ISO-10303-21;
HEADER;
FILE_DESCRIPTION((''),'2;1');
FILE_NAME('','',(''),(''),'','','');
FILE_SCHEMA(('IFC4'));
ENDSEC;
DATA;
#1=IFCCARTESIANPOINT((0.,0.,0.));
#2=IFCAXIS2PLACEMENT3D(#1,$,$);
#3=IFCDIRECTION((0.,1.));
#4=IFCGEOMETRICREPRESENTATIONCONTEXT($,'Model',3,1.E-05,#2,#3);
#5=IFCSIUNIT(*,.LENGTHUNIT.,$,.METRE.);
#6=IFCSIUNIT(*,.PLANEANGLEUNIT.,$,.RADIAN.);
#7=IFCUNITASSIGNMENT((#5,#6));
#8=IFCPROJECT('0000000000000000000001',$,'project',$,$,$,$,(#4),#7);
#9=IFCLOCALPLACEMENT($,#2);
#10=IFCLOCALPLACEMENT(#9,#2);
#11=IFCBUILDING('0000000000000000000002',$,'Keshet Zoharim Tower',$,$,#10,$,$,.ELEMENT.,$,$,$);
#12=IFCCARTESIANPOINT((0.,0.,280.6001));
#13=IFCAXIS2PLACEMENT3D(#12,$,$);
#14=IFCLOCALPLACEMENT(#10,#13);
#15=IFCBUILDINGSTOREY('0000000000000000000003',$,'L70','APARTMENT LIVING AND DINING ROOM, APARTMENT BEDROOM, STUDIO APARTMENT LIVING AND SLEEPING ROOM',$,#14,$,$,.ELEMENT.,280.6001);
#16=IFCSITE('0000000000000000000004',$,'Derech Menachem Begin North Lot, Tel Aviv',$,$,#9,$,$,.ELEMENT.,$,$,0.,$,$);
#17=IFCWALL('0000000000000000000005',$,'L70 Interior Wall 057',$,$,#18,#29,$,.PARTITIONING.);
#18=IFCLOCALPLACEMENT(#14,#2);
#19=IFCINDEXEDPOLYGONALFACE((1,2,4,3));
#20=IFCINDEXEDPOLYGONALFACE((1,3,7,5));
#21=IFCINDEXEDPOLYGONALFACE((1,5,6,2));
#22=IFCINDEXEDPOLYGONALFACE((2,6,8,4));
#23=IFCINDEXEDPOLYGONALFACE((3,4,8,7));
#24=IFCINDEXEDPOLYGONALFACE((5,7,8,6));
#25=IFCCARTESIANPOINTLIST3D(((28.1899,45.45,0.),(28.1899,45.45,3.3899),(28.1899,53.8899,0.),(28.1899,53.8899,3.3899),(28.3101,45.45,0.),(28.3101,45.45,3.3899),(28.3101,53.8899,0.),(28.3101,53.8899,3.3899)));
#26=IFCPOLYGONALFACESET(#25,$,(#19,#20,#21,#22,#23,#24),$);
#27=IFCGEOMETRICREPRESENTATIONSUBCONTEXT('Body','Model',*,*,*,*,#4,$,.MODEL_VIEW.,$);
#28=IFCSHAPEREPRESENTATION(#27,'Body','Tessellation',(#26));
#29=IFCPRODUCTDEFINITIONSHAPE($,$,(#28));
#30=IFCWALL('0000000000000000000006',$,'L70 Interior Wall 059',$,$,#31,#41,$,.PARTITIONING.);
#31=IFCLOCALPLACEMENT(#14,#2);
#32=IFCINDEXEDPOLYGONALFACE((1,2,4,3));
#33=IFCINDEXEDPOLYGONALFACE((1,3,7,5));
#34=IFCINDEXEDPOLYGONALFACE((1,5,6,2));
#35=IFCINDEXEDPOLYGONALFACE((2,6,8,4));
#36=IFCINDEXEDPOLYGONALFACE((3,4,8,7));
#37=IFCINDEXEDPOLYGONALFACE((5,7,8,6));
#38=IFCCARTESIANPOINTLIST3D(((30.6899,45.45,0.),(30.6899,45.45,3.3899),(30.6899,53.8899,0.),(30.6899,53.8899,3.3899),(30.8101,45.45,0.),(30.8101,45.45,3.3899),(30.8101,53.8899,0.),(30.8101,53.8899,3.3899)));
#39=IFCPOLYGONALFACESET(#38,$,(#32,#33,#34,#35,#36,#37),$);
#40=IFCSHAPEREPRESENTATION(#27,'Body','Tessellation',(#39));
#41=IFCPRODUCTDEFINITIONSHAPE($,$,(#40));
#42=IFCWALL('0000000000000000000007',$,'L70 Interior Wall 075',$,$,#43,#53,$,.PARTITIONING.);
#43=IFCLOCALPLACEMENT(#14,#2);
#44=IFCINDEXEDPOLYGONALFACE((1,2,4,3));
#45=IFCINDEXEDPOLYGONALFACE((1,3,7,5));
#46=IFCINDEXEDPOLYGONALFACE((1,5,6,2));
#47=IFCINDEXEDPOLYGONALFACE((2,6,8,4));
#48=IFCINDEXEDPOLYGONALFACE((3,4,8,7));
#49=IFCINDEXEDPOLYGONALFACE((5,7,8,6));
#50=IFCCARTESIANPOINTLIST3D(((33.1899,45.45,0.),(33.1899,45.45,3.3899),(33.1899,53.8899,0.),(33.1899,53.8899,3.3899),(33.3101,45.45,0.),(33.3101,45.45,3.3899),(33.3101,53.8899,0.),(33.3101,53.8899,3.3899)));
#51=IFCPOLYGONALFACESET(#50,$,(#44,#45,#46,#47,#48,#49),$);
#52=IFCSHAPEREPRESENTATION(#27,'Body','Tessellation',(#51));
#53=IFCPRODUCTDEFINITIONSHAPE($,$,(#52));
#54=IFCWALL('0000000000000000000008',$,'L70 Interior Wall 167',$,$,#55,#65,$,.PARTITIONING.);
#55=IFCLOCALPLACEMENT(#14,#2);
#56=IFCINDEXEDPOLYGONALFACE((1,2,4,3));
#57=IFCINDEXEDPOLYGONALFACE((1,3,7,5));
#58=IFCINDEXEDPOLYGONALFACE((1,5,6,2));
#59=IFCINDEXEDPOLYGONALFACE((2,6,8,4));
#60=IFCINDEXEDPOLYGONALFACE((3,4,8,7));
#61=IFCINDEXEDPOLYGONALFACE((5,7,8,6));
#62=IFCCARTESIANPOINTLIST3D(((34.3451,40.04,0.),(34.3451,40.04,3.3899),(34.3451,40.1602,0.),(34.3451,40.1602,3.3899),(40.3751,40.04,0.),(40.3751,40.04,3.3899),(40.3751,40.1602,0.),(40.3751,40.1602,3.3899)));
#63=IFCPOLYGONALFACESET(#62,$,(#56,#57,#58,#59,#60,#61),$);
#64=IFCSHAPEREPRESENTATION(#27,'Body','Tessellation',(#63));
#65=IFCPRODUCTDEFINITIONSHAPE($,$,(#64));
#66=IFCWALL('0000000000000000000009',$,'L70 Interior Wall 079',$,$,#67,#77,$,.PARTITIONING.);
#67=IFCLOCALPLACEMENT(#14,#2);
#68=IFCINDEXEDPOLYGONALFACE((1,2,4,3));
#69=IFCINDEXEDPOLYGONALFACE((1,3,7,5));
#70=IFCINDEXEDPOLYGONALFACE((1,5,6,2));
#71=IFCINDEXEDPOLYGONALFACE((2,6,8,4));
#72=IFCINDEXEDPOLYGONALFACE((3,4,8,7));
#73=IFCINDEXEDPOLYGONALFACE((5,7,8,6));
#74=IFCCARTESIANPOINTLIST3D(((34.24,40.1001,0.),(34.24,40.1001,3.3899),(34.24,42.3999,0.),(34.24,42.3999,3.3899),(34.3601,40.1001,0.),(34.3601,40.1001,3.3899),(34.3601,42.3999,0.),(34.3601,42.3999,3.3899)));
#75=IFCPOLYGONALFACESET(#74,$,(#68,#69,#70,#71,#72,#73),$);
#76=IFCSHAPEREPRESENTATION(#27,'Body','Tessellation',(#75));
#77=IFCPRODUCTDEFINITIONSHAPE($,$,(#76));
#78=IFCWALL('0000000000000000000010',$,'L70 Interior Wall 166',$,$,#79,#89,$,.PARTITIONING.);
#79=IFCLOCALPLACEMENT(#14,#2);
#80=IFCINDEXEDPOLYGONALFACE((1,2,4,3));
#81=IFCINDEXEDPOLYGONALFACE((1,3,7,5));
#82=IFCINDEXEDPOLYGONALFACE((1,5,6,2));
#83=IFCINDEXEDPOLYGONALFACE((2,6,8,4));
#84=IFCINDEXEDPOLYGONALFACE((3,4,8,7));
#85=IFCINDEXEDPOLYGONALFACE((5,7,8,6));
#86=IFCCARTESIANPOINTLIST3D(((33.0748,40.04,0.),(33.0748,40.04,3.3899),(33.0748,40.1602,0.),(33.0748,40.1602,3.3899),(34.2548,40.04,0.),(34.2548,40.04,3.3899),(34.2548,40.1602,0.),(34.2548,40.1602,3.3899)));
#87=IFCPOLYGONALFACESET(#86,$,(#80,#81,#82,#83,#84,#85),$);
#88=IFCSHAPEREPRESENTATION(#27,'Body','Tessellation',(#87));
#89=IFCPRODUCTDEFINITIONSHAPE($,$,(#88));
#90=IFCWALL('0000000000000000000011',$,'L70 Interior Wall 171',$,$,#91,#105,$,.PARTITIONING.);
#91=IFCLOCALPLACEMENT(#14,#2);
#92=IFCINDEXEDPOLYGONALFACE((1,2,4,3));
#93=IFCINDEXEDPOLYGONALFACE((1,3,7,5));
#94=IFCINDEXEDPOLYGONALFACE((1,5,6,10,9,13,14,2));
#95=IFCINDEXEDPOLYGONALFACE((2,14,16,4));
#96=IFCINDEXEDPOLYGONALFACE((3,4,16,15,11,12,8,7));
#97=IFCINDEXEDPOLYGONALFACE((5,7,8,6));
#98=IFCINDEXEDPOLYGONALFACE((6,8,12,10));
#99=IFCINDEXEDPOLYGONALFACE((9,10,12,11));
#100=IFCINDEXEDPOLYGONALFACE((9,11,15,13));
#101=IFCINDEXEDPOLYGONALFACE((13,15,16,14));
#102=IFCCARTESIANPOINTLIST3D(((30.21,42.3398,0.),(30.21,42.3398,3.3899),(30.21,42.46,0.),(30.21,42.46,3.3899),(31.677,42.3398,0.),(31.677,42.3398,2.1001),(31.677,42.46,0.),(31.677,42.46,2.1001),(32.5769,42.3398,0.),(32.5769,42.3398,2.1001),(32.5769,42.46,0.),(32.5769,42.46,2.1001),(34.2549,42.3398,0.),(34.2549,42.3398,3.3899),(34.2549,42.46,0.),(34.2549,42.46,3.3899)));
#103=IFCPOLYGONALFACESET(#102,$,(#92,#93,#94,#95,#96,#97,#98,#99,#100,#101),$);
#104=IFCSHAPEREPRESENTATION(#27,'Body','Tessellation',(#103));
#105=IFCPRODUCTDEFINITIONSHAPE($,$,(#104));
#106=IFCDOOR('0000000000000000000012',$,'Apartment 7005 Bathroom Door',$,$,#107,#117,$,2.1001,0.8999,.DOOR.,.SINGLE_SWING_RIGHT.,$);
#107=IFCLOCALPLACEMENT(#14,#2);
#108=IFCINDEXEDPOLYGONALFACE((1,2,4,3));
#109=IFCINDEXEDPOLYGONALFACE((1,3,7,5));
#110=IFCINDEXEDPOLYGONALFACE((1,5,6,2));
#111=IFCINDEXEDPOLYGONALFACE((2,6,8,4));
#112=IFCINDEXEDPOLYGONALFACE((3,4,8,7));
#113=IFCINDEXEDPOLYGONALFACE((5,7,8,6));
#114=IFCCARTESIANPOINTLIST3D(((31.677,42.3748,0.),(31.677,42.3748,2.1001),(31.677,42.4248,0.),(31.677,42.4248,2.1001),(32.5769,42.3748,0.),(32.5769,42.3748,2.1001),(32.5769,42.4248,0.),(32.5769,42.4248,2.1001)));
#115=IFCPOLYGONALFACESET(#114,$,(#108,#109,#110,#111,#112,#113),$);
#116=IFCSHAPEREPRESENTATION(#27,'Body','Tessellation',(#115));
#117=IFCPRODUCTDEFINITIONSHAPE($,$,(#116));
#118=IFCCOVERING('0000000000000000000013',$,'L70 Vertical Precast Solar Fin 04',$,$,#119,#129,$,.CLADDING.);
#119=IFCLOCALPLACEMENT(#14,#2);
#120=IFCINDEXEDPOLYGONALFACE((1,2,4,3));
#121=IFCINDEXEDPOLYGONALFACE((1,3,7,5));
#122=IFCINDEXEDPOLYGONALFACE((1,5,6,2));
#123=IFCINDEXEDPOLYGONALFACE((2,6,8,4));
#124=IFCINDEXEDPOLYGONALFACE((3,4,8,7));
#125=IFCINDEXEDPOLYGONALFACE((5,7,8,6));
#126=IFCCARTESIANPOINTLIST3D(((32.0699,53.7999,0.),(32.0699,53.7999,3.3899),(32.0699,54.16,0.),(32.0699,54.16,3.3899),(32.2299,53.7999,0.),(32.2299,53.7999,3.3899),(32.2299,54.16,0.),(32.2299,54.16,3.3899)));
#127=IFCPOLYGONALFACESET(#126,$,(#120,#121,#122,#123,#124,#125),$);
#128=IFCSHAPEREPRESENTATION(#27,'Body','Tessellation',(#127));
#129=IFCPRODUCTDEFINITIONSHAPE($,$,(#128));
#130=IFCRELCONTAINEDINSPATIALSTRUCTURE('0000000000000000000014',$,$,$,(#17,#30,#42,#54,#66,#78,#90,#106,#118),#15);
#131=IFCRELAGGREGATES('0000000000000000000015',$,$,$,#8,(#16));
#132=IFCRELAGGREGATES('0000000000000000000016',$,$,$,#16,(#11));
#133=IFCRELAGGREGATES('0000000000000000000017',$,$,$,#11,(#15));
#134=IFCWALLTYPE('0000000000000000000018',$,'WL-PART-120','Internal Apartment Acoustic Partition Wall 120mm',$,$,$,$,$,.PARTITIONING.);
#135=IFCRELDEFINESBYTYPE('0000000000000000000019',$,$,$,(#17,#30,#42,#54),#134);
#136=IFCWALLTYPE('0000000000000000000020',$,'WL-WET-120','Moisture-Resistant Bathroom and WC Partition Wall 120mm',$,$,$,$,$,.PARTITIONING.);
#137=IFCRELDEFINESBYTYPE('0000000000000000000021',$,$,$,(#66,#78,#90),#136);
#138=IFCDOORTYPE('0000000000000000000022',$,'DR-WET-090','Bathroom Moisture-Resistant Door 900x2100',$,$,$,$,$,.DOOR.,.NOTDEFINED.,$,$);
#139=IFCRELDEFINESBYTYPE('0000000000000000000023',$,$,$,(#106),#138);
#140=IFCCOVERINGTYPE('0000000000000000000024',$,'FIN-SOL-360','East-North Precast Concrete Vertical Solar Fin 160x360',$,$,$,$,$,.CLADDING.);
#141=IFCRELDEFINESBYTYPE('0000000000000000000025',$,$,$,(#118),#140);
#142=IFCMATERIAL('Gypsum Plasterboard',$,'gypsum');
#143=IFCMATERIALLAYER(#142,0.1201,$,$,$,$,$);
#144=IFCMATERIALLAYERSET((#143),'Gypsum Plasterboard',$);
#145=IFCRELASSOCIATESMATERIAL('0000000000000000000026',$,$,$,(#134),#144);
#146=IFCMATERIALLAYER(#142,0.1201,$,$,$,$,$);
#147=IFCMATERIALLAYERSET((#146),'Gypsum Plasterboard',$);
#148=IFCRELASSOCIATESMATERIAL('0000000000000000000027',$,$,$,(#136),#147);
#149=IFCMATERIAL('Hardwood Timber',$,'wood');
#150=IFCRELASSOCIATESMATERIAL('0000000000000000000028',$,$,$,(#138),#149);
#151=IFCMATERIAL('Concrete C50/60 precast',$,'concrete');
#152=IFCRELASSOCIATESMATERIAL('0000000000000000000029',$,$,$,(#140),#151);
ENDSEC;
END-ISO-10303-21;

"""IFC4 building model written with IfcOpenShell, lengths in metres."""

from ifc_helpers import new_model, si_unit, direction, frame, frame_2d, origin, origin_2d, place, context, subcontext, project, spatial, rectangle, extrude, material, layer, layer_set, type_object, element, fill, save


model = new_model("IFC4")

# Units and contexts
model_context = context("Model", 3, precision=1e-05, world=origin(), true_north=direction((0.0, 1.0)))
body_context = subcontext(model_context, "Body", "Model", "MODEL_VIEW")
ifc_project = project(units=[si_unit("LENGTHUNIT", "METRE"), si_unit("PLANEANGLEUNIT", "RADIAN")], contexts=[model_context])

# Site, building, storey
site_placement = place(None, origin())
site = spatial("IfcSite", under=ifc_project, at=site_placement, Name="Derech Menachem Begin North Lot, Tel Aviv", CompositionType="ELEMENT", RefElevation=0.0)
building_placement = place(site_placement, origin())
building = spatial("IfcBuilding", under=site, at=building_placement, Name="Keshet Zoharim Tower", CompositionType="ELEMENT")
storey_placement = place(building_placement, frame((0.0, 0.0, 280.6001)))
storey = spatial("IfcBuildingStorey", under=building, at=storey_placement, Name="L70", Description="APARTMENT LIVING AND DINING ROOM, APARTMENT BEDROOM, STUDIO APARTMENT LIVING AND SLEEPING ROOM", CompositionType="ELEMENT", Elevation=280.6001)

# Shared definitions
ifc_material_1 = material(Name="Gypsum Plasterboard", Category="gypsum")

# Shared definitions
ifc_material_2 = material(Name="Hardwood Timber", Category="wood")

# Walls
ifc_layer_1 = layer(ifc_material_1, 0.1201)
ifc_layer_set_1 = layer_set([ifc_layer_1], Name="Gypsum Plasterboard")
wall_type_1 = type_object("IfcWallType", Name="WL-PART-120", Description="Internal Apartment Acoustic Partition Wall 120mm", PredefinedType="PARTITIONING", material=ifc_layer_set_1)
for number, where, z_axis, x_axis, name in (
    (1, (28.25, 45.45, 0.0), (0.0, 0.0, 1.0), (0.0, 1.0, 0.0), "L70 Interior Wall 057"),
    (2, (30.75, 45.45, 0.0), (0.0, 0.0, 1.0), (0.0, 1.0, 0.0), "L70 Interior Wall 059"),
    (3, (33.25, 45.45, 0.0), (0.0, 0.0, 1.0), (0.0, 1.0, 0.0), "L70 Interior Wall 075"),
):
    element("IfcWall", number, at=place(storey_placement, frame(where, z_axis=z_axis, x_axis=x_axis)), inside=storey, type_object=wall_type_1, Name=name, PredefinedType="PARTITIONING", context=body_context, shape_type="SweptSolid", body=[
        extrude(rectangle(XDim=8.4399, YDim=0.1201, at=frame_2d((4.22, 0.0))), origin(), (0.0, 0.0, 1.0), 3.3899),
    ])
wall_1_placement = place(storey_placement, frame((34.345, 40.1001, 0.0), z_axis=(0.0, 0.0, 1.0), x_axis=(1.0, 0.0, 0.0)))
element("IfcWall", 4, at=wall_1_placement, inside=storey, type_object=wall_type_1, Name="L70 Interior Wall 167", PredefinedType="PARTITIONING", context=body_context, shape_type="SweptSolid", body=[
    extrude(rectangle(XDim=6.03, YDim=0.1201, at=frame_2d((3.0151, 0.0))), origin(), (0.0, 0.0, 1.0), 3.3899),
])

# Walls
ifc_layer_2 = layer(ifc_material_1, 0.1201)
ifc_layer_set_2 = layer_set([ifc_layer_2], Name="Gypsum Plasterboard")
wall_type_2 = type_object("IfcWallType", Name="WL-WET-120", Description="Moisture-Resistant Bathroom and WC Partition Wall 120mm", PredefinedType="PARTITIONING", material=ifc_layer_set_2)
wall_2_placement = place(storey_placement, frame((34.3, 40.1001, 0.0), z_axis=(0.0, 0.0, 1.0), x_axis=(0.0, 1.0, 0.0)))
element("IfcWall", 5, at=wall_2_placement, inside=storey, type_object=wall_type_2, Name="L70 Interior Wall 079", PredefinedType="PARTITIONING", context=body_context, shape_type="SweptSolid", body=[
    extrude(rectangle(XDim=2.2998, YDim=0.1201, at=frame_2d((1.1499, 0.0))), origin(), (0.0, 0.0, 1.0), 3.3899),
])
wall_3_placement = place(storey_placement, frame((33.075, 40.1001, 0.0), z_axis=(0.0, 0.0, 1.0), x_axis=(1.0, 0.0, 0.0)))
element("IfcWall", 6, at=wall_3_placement, inside=storey, type_object=wall_type_2, Name="L70 Interior Wall 166", PredefinedType="PARTITIONING", context=body_context, shape_type="SweptSolid", body=[
    extrude(rectangle(XDim=1.1799, YDim=0.1201, at=frame_2d((0.5898, 0.0))), origin(), (0.0, 0.0, 1.0), 3.3899),
])

# Wall, opening, door
wall_4_placement = place(storey_placement, frame((30.21, 42.3999, 0.0), z_axis=(0.0, 0.0, 1.0), x_axis=(1.0, 0.0, 0.0)))
wall_4 = element("IfcWall", 7, at=wall_4_placement, inside=storey, type_object=wall_type_2, Name="L70 Interior Wall 171", PredefinedType="PARTITIONING", context=body_context, shape_type="SweptSolid", body=[
    extrude(rectangle(XDim=4.0449, YDim=0.1201, at=frame_2d((2.0225, 0.0))), origin(), (0.0, 0.0, 1.0), 3.3899),
])
opening_1_placement = place(wall_4_placement, frame((1.467, 0.0, 0.0)))
opening_1 = element("IfcOpeningElement", 8, at=opening_1_placement, cuts=wall_4, PredefinedType="OPENING", context=body_context, shape_type="SweptSolid", body=[
    extrude(rectangle(XDim=0.8999, YDim=2.1001, at=frame_2d((0.45, 1.05))), frame((0.0, 0.0701, 0.0), z_axis=(0.0, -1.0, 0.0), x_axis=(1.0, 0.0, 0.0)), (0.0, 0.0, 1.0), 0.1401),
])
door_type_1 = type_object("IfcDoorType", Name="DR-WET-090", Description="Bathroom Moisture-Resistant Door 900x2100", OperationType="NOTDEFINED", PredefinedType="DOOR", material=ifc_material_2)
door_1_placement = place(opening_1_placement, origin())
door_1 = element("IfcDoor", 9, at=door_1_placement, inside=storey, type_object=door_type_1, Name="Apartment 7005 Bathroom Door", OperationType="SINGLE_SWING_RIGHT", OverallHeight=2.1001, OverallWidth=0.8999, PredefinedType="DOOR", context=body_context, shape_type="SweptSolid", body=[
    extrude(rectangle(XDim=0.8999, YDim=2.1001, at=frame_2d((0.45, 1.05))), frame((0.0, 0.0249, 0.0), z_axis=(0.0, -1.0, 0.0), x_axis=(1.0, 0.0, 0.0)), (0.0, 0.0, 1.0), 0.05),
])
fill(opening_1, door_1)

# Covering
ifc_material_3 = material(Name="Concrete C50/60 precast", Category="concrete")
covering_type = type_object("IfcCoveringType", Name="FIN-SOL-360", Description="East-North Precast Concrete Vertical Solar Fin 160x360", PredefinedType="CLADDING", material=ifc_material_3)
covering_placement = place(storey_placement, frame((32.1499, 53.98, 0.0), z_axis=(0.0, 0.0, 1.0), x_axis=(1.0, 0.0, 0.0)))
element("IfcCovering", 10, at=covering_placement, inside=storey, type_object=covering_type, Name="L70 Vertical Precast Solar Fin 04", PredefinedType="CLADDING", context=body_context, shape_type="SweptSolid", body=[
    extrude(rectangle(XDim=0.1599, YDim=0.3601, at=origin_2d()), origin(), (0.0, 0.0, 1.0), 3.3899),
])

save(model, "model.ifc")
